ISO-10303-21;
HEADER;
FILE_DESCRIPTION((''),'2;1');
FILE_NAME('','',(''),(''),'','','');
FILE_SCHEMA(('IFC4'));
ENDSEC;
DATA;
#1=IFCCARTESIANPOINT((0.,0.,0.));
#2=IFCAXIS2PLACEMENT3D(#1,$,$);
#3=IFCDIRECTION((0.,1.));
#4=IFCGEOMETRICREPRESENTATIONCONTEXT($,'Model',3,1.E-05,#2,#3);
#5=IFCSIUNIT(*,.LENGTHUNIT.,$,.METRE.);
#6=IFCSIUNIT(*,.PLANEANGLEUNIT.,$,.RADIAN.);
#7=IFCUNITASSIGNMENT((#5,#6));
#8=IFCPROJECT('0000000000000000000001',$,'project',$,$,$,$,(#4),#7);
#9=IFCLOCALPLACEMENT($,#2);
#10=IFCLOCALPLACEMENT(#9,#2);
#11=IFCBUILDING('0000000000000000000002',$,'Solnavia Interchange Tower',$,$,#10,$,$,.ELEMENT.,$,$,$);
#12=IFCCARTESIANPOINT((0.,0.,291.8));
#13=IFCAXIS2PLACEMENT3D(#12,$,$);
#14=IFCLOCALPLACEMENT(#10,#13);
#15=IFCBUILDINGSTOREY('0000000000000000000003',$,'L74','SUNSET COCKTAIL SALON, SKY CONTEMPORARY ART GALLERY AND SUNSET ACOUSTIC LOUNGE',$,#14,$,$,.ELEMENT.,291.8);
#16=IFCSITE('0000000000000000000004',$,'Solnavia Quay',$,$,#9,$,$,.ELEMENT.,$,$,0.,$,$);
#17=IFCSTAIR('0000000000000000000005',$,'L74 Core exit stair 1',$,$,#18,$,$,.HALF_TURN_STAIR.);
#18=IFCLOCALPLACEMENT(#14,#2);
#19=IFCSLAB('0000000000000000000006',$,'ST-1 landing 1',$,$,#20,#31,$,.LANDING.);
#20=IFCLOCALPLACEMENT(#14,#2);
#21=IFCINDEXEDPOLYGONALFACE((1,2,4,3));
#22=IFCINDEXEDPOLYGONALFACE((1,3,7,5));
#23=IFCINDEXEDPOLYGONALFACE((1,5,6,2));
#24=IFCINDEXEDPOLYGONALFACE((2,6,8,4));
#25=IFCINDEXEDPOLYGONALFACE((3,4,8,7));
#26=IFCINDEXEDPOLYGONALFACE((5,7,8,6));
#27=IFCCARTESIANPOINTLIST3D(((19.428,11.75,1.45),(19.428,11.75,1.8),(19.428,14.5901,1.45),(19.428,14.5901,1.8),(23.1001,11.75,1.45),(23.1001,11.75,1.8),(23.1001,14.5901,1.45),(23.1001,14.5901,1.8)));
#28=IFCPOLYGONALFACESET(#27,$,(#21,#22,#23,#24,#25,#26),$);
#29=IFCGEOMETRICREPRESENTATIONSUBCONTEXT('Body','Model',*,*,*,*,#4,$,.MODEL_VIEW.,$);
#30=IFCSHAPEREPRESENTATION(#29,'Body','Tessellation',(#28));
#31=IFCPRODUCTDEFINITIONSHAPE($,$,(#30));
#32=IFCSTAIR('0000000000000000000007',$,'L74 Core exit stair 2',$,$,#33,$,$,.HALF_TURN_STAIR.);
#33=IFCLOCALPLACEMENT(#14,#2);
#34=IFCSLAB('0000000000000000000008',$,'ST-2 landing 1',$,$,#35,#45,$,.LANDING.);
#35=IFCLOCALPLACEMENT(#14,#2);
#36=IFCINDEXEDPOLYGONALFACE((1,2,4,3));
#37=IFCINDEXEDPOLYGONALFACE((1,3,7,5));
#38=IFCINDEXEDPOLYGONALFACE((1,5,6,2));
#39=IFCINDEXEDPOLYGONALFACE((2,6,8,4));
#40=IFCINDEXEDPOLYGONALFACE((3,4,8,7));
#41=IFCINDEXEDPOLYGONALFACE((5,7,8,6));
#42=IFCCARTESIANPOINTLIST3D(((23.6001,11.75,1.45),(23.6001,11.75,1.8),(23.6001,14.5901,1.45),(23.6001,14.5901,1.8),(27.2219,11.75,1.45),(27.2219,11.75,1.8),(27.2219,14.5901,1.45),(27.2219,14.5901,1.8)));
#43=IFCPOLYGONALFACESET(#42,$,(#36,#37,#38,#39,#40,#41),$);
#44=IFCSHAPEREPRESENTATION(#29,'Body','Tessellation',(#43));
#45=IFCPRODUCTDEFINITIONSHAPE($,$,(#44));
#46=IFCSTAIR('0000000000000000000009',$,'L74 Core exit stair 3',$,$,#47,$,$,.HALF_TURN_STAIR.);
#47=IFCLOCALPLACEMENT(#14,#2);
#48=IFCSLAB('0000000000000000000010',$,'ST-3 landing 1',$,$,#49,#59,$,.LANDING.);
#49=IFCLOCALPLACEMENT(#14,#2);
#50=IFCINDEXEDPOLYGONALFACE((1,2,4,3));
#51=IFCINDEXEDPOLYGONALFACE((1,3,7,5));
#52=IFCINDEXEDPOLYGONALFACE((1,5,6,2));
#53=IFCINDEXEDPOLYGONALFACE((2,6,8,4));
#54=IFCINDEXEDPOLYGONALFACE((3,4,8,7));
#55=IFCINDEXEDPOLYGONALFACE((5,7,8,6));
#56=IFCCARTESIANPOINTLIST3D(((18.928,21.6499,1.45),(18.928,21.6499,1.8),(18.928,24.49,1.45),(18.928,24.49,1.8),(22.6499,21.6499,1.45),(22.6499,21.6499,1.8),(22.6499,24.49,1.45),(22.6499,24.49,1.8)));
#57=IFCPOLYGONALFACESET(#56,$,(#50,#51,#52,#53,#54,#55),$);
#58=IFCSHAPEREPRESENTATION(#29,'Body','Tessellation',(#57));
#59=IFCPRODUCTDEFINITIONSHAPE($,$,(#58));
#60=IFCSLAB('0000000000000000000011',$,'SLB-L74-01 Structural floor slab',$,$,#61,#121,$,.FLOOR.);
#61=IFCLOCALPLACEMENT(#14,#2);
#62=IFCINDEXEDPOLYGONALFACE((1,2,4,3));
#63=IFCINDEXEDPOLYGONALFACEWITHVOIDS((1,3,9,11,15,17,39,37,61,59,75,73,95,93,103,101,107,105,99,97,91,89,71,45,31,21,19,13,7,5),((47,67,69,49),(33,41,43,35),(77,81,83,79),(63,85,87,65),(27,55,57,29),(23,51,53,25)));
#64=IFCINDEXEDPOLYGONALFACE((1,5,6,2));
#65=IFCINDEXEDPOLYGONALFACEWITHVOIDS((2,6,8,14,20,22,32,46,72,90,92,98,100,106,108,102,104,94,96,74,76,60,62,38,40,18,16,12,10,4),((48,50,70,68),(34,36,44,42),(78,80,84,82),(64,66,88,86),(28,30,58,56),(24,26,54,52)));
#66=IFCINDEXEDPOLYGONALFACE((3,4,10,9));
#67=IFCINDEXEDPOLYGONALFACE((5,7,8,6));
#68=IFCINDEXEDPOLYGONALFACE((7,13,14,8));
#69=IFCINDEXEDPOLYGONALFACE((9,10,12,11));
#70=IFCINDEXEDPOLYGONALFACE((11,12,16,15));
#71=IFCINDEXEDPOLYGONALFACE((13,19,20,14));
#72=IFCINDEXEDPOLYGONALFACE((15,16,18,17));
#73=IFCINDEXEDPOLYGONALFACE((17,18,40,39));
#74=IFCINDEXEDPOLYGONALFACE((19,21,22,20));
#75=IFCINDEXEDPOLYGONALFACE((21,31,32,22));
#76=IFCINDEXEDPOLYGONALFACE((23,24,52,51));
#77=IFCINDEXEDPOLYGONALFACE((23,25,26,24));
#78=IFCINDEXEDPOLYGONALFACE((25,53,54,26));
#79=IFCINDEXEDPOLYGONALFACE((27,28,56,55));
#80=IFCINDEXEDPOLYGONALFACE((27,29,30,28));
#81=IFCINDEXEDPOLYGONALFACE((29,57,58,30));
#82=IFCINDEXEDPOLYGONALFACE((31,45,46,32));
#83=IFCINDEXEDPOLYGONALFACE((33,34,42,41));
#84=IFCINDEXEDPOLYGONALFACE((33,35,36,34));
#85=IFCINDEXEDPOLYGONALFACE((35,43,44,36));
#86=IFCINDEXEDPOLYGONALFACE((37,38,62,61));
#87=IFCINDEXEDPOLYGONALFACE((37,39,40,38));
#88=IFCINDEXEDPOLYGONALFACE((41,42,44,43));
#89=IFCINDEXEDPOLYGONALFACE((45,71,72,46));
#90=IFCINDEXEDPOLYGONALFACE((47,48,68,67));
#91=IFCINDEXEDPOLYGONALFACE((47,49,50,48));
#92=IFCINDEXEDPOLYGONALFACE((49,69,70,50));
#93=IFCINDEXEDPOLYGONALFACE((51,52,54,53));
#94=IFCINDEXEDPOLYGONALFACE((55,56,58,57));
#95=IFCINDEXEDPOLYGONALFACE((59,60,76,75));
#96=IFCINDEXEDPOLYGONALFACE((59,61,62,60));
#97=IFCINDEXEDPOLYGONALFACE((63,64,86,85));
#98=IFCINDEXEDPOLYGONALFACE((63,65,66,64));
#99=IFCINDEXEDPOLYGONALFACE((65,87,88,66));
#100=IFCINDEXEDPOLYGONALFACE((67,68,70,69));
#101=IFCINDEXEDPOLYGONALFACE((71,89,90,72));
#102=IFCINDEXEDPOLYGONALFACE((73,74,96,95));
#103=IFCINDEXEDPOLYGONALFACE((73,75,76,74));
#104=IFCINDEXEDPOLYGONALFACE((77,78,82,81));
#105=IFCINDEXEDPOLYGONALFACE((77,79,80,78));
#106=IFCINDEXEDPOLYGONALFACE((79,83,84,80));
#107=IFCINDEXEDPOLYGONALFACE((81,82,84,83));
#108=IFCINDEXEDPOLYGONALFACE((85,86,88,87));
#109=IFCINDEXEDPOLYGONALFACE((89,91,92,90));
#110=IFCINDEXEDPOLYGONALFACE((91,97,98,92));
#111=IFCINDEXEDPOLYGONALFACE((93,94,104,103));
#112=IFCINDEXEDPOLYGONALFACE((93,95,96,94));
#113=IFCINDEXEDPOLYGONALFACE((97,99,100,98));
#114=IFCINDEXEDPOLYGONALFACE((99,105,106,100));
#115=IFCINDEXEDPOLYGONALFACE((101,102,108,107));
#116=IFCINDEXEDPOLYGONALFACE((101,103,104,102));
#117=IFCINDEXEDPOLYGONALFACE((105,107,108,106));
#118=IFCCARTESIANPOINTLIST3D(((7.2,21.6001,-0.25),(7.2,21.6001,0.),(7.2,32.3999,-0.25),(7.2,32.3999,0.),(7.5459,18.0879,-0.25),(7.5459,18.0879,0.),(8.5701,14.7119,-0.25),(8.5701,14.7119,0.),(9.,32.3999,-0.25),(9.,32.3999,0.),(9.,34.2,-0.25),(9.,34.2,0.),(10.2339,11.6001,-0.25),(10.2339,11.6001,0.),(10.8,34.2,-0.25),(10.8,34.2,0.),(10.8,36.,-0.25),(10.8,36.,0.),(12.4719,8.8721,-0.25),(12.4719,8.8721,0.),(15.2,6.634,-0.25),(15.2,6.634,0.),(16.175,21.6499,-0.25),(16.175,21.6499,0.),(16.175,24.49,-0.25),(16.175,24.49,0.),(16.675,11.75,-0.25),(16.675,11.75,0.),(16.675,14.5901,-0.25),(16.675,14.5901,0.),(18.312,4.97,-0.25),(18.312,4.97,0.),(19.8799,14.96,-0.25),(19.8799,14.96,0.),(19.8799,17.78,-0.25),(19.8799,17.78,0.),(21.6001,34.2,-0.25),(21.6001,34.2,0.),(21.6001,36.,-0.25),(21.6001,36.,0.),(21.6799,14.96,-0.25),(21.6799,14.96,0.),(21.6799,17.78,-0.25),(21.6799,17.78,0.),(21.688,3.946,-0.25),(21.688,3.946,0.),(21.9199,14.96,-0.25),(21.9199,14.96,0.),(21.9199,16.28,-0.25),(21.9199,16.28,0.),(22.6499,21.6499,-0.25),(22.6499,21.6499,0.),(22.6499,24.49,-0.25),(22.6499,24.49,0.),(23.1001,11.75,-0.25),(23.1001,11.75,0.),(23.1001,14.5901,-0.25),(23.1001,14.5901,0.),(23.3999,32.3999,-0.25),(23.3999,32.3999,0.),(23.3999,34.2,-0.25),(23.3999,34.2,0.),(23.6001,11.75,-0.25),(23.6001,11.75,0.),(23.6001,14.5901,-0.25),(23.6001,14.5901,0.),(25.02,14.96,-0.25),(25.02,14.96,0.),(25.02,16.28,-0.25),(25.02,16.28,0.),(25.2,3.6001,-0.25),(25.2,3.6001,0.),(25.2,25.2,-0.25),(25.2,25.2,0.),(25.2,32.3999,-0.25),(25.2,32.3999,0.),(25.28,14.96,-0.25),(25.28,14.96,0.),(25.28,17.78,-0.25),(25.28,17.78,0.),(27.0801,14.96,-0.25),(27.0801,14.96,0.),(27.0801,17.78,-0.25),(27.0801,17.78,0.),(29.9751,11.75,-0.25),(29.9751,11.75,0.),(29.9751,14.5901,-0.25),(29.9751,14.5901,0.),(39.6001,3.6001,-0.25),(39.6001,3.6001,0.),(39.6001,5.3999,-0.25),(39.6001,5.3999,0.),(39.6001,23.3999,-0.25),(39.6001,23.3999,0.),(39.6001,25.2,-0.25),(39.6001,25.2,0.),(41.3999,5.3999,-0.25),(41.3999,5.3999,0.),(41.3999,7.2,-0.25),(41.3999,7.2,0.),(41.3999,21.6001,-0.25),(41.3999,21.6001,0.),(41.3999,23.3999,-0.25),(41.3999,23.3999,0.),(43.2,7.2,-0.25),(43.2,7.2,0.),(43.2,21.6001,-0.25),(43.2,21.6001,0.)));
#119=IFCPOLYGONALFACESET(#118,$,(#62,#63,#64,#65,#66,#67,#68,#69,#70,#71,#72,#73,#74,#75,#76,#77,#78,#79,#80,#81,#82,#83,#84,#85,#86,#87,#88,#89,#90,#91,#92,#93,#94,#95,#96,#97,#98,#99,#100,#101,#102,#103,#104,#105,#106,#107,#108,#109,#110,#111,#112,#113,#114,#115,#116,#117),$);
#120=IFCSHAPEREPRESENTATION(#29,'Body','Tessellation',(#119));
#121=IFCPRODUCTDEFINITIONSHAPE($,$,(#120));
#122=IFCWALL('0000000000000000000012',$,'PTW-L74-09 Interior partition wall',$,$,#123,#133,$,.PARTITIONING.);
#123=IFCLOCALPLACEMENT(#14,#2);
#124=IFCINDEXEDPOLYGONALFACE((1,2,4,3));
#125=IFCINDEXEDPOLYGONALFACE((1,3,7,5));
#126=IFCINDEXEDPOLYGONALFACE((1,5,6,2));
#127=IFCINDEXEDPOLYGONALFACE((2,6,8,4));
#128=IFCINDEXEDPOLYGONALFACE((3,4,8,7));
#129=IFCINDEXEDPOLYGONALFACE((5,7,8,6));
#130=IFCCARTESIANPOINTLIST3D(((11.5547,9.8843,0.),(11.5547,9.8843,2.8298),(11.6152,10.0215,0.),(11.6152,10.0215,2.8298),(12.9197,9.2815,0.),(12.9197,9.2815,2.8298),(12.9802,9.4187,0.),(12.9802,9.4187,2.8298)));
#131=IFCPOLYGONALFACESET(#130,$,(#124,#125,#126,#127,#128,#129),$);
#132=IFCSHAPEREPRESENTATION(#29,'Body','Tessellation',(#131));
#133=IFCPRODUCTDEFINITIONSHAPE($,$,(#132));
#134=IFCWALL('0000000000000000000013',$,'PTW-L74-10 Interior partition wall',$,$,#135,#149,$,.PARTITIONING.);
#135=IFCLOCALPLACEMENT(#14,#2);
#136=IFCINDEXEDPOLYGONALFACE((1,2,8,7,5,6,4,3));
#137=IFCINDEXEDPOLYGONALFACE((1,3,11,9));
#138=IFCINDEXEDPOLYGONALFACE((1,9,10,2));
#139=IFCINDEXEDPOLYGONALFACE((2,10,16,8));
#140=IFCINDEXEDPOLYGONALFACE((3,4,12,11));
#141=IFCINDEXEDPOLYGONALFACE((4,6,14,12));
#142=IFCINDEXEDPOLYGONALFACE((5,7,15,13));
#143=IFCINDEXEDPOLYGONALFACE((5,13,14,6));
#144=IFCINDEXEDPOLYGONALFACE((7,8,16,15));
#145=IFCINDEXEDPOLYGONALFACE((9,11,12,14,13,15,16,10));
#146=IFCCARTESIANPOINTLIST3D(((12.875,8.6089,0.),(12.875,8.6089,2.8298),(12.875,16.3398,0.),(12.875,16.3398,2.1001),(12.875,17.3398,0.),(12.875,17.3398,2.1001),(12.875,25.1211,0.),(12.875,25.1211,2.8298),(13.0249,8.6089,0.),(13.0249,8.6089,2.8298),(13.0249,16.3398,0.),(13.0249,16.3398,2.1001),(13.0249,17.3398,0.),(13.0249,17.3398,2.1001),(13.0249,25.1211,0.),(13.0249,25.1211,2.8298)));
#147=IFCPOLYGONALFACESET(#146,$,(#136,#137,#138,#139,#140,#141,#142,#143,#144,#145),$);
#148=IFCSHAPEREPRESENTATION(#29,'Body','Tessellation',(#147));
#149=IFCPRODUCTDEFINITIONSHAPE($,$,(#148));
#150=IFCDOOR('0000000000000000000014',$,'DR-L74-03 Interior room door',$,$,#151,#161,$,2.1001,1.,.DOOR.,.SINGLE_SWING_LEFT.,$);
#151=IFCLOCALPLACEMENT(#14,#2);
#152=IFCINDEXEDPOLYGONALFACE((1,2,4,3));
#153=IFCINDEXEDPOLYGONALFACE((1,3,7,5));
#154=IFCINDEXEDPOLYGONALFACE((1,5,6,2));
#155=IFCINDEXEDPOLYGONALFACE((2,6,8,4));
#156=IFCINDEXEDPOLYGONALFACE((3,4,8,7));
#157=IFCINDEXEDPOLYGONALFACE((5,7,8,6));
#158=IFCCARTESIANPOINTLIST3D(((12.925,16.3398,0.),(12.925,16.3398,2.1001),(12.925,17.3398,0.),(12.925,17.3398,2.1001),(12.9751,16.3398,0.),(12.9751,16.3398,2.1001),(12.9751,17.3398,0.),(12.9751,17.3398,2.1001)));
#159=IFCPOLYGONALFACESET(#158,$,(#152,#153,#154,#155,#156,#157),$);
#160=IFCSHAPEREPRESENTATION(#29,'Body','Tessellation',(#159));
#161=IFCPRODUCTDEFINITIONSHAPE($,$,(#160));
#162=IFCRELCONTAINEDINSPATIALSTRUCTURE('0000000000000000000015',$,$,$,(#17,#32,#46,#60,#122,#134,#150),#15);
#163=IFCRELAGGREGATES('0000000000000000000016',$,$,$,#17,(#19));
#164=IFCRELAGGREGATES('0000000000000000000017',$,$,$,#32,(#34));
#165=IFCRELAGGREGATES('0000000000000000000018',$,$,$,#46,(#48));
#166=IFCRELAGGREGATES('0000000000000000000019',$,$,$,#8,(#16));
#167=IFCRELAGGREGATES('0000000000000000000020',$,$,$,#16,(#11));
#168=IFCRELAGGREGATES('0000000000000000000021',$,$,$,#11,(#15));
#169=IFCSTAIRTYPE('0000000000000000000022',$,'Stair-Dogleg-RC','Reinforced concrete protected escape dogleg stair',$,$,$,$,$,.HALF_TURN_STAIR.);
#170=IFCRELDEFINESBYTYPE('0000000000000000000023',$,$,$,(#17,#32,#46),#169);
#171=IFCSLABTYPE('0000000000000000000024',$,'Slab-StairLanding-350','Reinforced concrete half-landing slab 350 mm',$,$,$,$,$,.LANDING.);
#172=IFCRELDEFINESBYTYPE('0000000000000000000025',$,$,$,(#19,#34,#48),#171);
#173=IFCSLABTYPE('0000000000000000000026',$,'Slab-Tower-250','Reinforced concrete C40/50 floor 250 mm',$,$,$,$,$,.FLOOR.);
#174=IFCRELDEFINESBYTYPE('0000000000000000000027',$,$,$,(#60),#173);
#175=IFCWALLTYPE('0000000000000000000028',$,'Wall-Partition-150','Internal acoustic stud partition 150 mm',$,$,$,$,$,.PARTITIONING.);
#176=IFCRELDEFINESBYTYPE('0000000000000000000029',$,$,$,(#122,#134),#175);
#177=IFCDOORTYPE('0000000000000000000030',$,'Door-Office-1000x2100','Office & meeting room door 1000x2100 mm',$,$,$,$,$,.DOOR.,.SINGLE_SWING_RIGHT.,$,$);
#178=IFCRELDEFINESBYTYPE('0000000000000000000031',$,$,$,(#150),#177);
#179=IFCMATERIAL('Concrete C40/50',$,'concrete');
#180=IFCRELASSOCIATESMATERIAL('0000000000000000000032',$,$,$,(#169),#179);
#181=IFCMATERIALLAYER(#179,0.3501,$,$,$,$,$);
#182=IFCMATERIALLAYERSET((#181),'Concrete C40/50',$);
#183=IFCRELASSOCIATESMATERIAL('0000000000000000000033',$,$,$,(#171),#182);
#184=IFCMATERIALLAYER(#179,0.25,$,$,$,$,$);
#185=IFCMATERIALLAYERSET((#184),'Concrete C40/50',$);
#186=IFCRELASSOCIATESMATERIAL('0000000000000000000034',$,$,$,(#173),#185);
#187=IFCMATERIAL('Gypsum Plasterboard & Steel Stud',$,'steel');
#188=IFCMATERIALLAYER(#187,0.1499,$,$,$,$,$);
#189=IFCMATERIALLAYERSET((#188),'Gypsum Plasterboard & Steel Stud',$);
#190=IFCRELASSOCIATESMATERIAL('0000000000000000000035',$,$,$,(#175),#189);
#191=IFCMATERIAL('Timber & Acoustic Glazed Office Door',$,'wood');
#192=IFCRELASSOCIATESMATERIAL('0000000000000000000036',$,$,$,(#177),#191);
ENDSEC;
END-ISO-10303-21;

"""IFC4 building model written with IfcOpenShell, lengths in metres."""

from ifc_helpers import new_model, si_unit, direction, frame, frame_2d, origin, place, context, subcontext, project, spatial, polyline, rectangle, outline, extrude, material, layer, layer_set, type_object, element, fill, aggregate, save


model = new_model("IFC4")

# Units and contexts
model_context = context("Model", 3, precision=1e-05, world=origin(), true_north=direction((0.0, 1.0)))
body_context = subcontext(model_context, "Body", "Model", "MODEL_VIEW")
ifc_project = project(units=[si_unit("LENGTHUNIT", "METRE"), si_unit("PLANEANGLEUNIT", "RADIAN")], contexts=[model_context])

# Site, building, storey
site_placement = place(None, origin())
site = spatial("IfcSite", under=ifc_project, at=site_placement, Name="Solnavia Quay", CompositionType="ELEMENT", RefElevation=0.0)
building_placement = place(site_placement, origin())
building = spatial("IfcBuilding", under=site, at=building_placement, Name="Solnavia Interchange Tower", CompositionType="ELEMENT")
storey_placement = place(building_placement, frame((0.0, 0.0, 291.8)))
storey = spatial("IfcBuildingStorey", under=building, at=storey_placement, Name="L74", Description="SUNSET COCKTAIL SALON, SKY CONTEMPORARY ART GALLERY AND SUNSET ACOUSTIC LOUNGE", CompositionType="ELEMENT", Elevation=291.8)

# Stairs, slabs
ifc_material_1 = material(Name="Concrete C40/50", Category="concrete")
stair_type = type_object("IfcStairType", Name="Stair-Dogleg-RC", Description="Reinforced concrete protected escape dogleg stair", PredefinedType="HALF_TURN_STAIR", material=ifc_material_1)
stair_1_placement = place(storey_placement, origin())
stair_1 = element("IfcStair", 1, at=stair_1_placement, inside=storey, type_object=stair_type, Name="L74 Core exit stair 1", PredefinedType="HALF_TURN_STAIR")
ifc_layer_1 = layer(ifc_material_1, 0.3501)
ifc_layer_set_1 = layer_set([ifc_layer_1], Name="Concrete C40/50")
slab_type_1 = type_object("IfcSlabType", Name="Slab-StairLanding-350", Description="Reinforced concrete half-landing slab 350 mm", PredefinedType="LANDING", material=ifc_layer_set_1)
slab_1_placement = place(storey_placement, frame((0.0, 0.0, 1.45)))
slab_1 = element("IfcSlab", 2, at=slab_1_placement, type_object=slab_type_1, Name="ST-1 landing 1", PredefinedType="LANDING", context=body_context, shape_type="SweptSolid", body=[
    extrude(outline(polyline([(19.428, 11.75), (23.1001, 11.75), (23.1001, 14.5901), (19.428, 14.5901), (19.428, 11.75)])), origin(), (0.0, 0.0, 1.0), 0.3501),
])
aggregate(stair_1, [slab_1])
stair_2_placement = place(storey_placement, origin())
stair_2 = element("IfcStair", 3, at=stair_2_placement, inside=storey, type_object=stair_type, Name="L74 Core exit stair 2", PredefinedType="HALF_TURN_STAIR")
slab_2_placement = place(storey_placement, frame((0.0, 0.0, 1.45)))
slab_2 = element("IfcSlab", 4, at=slab_2_placement, type_object=slab_type_1, Name="ST-2 landing 1", PredefinedType="LANDING", context=body_context, shape_type="SweptSolid", body=[
    extrude(outline(polyline([(23.6001, 11.75), (27.2219, 11.75), (27.2219, 14.5901), (23.6001, 14.5901), (23.6001, 11.75)])), origin(), (0.0, 0.0, 1.0), 0.3501),
])
aggregate(stair_2, [slab_2])
stair_3_placement = place(storey_placement, origin())
stair_3 = element("IfcStair", 5, at=stair_3_placement, inside=storey, type_object=stair_type, Name="L74 Core exit stair 3", PredefinedType="HALF_TURN_STAIR")
slab_3_placement = place(storey_placement, frame((0.0, 0.0, 1.45)))
slab_3 = element("IfcSlab", 6, at=slab_3_placement, type_object=slab_type_1, Name="ST-3 landing 1", PredefinedType="LANDING", context=body_context, shape_type="SweptSolid", body=[
    extrude(outline(polyline([(18.928, 21.6499), (22.6499, 21.6499), (22.6499, 24.49), (18.928, 24.49), (18.928, 21.6499)])), origin(), (0.0, 0.0, 1.0), 0.3501),
])
aggregate(stair_3, [slab_3])

# Slab
ifc_layer_2 = layer(ifc_material_1, 0.25)
ifc_layer_set_2 = layer_set([ifc_layer_2], Name="Concrete C40/50")
slab_type_2 = type_object("IfcSlabType", Name="Slab-Tower-250", Description="Reinforced concrete C40/50 floor 250 mm", PredefinedType="FLOOR", material=ifc_layer_set_2)
slab_4_placement = place(storey_placement, frame((0.0, 0.0, -0.25)))
element("IfcSlab", 7, at=slab_4_placement, inside=storey, type_object=slab_type_2, Name="SLB-L74-01 Structural floor slab", PredefinedType="FLOOR", context=body_context, shape_type="SweptSolid", body=[
    extrude(outline(polyline([(25.2, 3.6001), (39.6001, 3.6001), (39.6001, 5.3999), (41.3999, 5.3999), (41.3999, 7.2), (43.2, 7.2), (43.2, 21.6001), (41.3999, 21.6001), (41.3999, 23.3999), (39.6001, 23.3999), (39.6001, 25.2), (25.2, 25.2), (25.2, 32.3999), (23.3999, 32.3999), (23.3999, 34.2), (21.6001, 34.2), (21.6001, 36.0), (10.8, 36.0), (10.8, 34.2), (9.0, 34.2), (9.0, 32.3999), (7.2, 32.3999), (7.2, 21.6001), (7.5459, 18.0879), (8.5701, 14.7119), (10.2339, 11.6001), (12.4719, 8.8721), (15.2, 6.634), (18.312, 4.97), (21.688, 3.946), (25.2, 3.6001)]), holes=[polyline([(16.675, 11.75), (23.1001, 11.75), (23.1001, 14.5901), (16.675, 14.5901), (16.675, 11.75)]), polyline([(23.6001, 11.75), (29.9751, 11.75), (29.9751, 14.5901), (23.6001, 14.5901), (23.6001, 11.75)]), polyline([(16.175, 21.6499), (22.6499, 21.6499), (22.6499, 24.49), (16.175, 24.49), (16.175, 21.6499)]), polyline([(19.8799, 14.96), (21.6799, 14.96), (21.6799, 17.78), (19.8799, 17.78), (19.8799, 14.96)]), polyline([(25.28, 14.96), (27.0801, 14.96), (27.0801, 17.78), (25.28, 17.78), (25.28, 14.96)]), polyline([(21.9199, 14.96), (25.02, 14.96), (25.02, 16.28), (21.9199, 16.28), (21.9199, 14.96)])]), origin(), (0.0, 0.0, 1.0), 0.25),
])

# Wall
ifc_material_2 = material(Name="Gypsum Plasterboard & Steel Stud", Category="steel")
ifc_layer_3 = layer(ifc_material_2, 0.1499)
ifc_layer_set_3 = layer_set([ifc_layer_3], Name="Gypsum Plasterboard & Steel Stud")
wall_type_1 = type_object("IfcWallType", Name="Wall-Partition-150", Description="Internal acoustic stud partition 150 mm", PredefinedType="PARTITIONING", material=ifc_layer_set_3)
wall_1_placement = place(storey_placement, frame((12.95, 9.3501, 0.0), z_axis=(0.0, 0.0, 1.0), x_axis=(-0.914774, 0.403966, 0.0)))
element("IfcWall", 8, at=wall_1_placement, inside=storey, type_object=wall_type_1, Name="PTW-L74-09 Interior partition wall", PredefinedType="PARTITIONING", context=body_context, shape_type="SweptSolid", body=[
    extrude(rectangle(XDim=1.4922, YDim=0.1499, at=frame_2d((0.7461, 0.0))), origin(), (0.0, 0.0, 1.0), 2.8298),
])

# Wall, opening, door
wall_2_placement = place(storey_placement, frame((12.95, 8.6089, 0.0), z_axis=(0.0, 0.0, 1.0), x_axis=(0.0, 1.0, 0.0)))
wall_2 = element("IfcWall", 9, at=wall_2_placement, inside=storey, type_object=wall_type_1, Name="PTW-L74-10 Interior partition wall", PredefinedType="PARTITIONING", context=body_context, shape_type="SweptSolid", body=[
    extrude(rectangle(XDim=16.5122, YDim=0.1499, at=frame_2d((8.2561, 0.0))), origin(), (0.0, 0.0, 1.0), 2.8298),
])
opening_1_placement = place(wall_2_placement, frame((7.731, 0.0, 0.0)))
opening_1 = element("IfcOpeningElement", 10, at=opening_1_placement, cuts=wall_2, PredefinedType="OPENING", context=body_context, shape_type="SweptSolid", body=[
    extrude(rectangle(XDim=1.0, YDim=2.1001, at=frame_2d((0.5, 1.05))), frame((0.0, 0.085, 0.0), z_axis=(0.0, -1.0, 0.0), x_axis=(1.0, 0.0, 0.0)), (0.0, 0.0, 1.0), 0.1699),
])
ifc_material_3 = material(Name="Timber & Acoustic Glazed Office Door", Category="wood")
door_type = type_object("IfcDoorType", Name="Door-Office-1000x2100", Description="Office & meeting room door 1000x2100 mm", OperationType="SINGLE_SWING_RIGHT", PredefinedType="DOOR", material=ifc_material_3)
door_1_placement = place(opening_1_placement, origin())
door_1 = element("IfcDoor", 11, at=door_1_placement, inside=storey, type_object=door_type, Name="DR-L74-03 Interior room door", OperationType="SINGLE_SWING_LEFT", OverallHeight=2.1001, OverallWidth=1.0, PredefinedType="DOOR", context=body_context, shape_type="SweptSolid", body=[
    extrude(rectangle(XDim=1.0, YDim=2.1001, at=frame_2d((0.5, 1.05))), frame((0.0, 0.0249, 0.0), z_axis=(0.0, -1.0, 0.0), x_axis=(1.0, 0.0, 0.0)), (0.0, 0.0, 1.0), 0.05),
])
fill(opening_1, door_1)

save(model, "model.ifc")
